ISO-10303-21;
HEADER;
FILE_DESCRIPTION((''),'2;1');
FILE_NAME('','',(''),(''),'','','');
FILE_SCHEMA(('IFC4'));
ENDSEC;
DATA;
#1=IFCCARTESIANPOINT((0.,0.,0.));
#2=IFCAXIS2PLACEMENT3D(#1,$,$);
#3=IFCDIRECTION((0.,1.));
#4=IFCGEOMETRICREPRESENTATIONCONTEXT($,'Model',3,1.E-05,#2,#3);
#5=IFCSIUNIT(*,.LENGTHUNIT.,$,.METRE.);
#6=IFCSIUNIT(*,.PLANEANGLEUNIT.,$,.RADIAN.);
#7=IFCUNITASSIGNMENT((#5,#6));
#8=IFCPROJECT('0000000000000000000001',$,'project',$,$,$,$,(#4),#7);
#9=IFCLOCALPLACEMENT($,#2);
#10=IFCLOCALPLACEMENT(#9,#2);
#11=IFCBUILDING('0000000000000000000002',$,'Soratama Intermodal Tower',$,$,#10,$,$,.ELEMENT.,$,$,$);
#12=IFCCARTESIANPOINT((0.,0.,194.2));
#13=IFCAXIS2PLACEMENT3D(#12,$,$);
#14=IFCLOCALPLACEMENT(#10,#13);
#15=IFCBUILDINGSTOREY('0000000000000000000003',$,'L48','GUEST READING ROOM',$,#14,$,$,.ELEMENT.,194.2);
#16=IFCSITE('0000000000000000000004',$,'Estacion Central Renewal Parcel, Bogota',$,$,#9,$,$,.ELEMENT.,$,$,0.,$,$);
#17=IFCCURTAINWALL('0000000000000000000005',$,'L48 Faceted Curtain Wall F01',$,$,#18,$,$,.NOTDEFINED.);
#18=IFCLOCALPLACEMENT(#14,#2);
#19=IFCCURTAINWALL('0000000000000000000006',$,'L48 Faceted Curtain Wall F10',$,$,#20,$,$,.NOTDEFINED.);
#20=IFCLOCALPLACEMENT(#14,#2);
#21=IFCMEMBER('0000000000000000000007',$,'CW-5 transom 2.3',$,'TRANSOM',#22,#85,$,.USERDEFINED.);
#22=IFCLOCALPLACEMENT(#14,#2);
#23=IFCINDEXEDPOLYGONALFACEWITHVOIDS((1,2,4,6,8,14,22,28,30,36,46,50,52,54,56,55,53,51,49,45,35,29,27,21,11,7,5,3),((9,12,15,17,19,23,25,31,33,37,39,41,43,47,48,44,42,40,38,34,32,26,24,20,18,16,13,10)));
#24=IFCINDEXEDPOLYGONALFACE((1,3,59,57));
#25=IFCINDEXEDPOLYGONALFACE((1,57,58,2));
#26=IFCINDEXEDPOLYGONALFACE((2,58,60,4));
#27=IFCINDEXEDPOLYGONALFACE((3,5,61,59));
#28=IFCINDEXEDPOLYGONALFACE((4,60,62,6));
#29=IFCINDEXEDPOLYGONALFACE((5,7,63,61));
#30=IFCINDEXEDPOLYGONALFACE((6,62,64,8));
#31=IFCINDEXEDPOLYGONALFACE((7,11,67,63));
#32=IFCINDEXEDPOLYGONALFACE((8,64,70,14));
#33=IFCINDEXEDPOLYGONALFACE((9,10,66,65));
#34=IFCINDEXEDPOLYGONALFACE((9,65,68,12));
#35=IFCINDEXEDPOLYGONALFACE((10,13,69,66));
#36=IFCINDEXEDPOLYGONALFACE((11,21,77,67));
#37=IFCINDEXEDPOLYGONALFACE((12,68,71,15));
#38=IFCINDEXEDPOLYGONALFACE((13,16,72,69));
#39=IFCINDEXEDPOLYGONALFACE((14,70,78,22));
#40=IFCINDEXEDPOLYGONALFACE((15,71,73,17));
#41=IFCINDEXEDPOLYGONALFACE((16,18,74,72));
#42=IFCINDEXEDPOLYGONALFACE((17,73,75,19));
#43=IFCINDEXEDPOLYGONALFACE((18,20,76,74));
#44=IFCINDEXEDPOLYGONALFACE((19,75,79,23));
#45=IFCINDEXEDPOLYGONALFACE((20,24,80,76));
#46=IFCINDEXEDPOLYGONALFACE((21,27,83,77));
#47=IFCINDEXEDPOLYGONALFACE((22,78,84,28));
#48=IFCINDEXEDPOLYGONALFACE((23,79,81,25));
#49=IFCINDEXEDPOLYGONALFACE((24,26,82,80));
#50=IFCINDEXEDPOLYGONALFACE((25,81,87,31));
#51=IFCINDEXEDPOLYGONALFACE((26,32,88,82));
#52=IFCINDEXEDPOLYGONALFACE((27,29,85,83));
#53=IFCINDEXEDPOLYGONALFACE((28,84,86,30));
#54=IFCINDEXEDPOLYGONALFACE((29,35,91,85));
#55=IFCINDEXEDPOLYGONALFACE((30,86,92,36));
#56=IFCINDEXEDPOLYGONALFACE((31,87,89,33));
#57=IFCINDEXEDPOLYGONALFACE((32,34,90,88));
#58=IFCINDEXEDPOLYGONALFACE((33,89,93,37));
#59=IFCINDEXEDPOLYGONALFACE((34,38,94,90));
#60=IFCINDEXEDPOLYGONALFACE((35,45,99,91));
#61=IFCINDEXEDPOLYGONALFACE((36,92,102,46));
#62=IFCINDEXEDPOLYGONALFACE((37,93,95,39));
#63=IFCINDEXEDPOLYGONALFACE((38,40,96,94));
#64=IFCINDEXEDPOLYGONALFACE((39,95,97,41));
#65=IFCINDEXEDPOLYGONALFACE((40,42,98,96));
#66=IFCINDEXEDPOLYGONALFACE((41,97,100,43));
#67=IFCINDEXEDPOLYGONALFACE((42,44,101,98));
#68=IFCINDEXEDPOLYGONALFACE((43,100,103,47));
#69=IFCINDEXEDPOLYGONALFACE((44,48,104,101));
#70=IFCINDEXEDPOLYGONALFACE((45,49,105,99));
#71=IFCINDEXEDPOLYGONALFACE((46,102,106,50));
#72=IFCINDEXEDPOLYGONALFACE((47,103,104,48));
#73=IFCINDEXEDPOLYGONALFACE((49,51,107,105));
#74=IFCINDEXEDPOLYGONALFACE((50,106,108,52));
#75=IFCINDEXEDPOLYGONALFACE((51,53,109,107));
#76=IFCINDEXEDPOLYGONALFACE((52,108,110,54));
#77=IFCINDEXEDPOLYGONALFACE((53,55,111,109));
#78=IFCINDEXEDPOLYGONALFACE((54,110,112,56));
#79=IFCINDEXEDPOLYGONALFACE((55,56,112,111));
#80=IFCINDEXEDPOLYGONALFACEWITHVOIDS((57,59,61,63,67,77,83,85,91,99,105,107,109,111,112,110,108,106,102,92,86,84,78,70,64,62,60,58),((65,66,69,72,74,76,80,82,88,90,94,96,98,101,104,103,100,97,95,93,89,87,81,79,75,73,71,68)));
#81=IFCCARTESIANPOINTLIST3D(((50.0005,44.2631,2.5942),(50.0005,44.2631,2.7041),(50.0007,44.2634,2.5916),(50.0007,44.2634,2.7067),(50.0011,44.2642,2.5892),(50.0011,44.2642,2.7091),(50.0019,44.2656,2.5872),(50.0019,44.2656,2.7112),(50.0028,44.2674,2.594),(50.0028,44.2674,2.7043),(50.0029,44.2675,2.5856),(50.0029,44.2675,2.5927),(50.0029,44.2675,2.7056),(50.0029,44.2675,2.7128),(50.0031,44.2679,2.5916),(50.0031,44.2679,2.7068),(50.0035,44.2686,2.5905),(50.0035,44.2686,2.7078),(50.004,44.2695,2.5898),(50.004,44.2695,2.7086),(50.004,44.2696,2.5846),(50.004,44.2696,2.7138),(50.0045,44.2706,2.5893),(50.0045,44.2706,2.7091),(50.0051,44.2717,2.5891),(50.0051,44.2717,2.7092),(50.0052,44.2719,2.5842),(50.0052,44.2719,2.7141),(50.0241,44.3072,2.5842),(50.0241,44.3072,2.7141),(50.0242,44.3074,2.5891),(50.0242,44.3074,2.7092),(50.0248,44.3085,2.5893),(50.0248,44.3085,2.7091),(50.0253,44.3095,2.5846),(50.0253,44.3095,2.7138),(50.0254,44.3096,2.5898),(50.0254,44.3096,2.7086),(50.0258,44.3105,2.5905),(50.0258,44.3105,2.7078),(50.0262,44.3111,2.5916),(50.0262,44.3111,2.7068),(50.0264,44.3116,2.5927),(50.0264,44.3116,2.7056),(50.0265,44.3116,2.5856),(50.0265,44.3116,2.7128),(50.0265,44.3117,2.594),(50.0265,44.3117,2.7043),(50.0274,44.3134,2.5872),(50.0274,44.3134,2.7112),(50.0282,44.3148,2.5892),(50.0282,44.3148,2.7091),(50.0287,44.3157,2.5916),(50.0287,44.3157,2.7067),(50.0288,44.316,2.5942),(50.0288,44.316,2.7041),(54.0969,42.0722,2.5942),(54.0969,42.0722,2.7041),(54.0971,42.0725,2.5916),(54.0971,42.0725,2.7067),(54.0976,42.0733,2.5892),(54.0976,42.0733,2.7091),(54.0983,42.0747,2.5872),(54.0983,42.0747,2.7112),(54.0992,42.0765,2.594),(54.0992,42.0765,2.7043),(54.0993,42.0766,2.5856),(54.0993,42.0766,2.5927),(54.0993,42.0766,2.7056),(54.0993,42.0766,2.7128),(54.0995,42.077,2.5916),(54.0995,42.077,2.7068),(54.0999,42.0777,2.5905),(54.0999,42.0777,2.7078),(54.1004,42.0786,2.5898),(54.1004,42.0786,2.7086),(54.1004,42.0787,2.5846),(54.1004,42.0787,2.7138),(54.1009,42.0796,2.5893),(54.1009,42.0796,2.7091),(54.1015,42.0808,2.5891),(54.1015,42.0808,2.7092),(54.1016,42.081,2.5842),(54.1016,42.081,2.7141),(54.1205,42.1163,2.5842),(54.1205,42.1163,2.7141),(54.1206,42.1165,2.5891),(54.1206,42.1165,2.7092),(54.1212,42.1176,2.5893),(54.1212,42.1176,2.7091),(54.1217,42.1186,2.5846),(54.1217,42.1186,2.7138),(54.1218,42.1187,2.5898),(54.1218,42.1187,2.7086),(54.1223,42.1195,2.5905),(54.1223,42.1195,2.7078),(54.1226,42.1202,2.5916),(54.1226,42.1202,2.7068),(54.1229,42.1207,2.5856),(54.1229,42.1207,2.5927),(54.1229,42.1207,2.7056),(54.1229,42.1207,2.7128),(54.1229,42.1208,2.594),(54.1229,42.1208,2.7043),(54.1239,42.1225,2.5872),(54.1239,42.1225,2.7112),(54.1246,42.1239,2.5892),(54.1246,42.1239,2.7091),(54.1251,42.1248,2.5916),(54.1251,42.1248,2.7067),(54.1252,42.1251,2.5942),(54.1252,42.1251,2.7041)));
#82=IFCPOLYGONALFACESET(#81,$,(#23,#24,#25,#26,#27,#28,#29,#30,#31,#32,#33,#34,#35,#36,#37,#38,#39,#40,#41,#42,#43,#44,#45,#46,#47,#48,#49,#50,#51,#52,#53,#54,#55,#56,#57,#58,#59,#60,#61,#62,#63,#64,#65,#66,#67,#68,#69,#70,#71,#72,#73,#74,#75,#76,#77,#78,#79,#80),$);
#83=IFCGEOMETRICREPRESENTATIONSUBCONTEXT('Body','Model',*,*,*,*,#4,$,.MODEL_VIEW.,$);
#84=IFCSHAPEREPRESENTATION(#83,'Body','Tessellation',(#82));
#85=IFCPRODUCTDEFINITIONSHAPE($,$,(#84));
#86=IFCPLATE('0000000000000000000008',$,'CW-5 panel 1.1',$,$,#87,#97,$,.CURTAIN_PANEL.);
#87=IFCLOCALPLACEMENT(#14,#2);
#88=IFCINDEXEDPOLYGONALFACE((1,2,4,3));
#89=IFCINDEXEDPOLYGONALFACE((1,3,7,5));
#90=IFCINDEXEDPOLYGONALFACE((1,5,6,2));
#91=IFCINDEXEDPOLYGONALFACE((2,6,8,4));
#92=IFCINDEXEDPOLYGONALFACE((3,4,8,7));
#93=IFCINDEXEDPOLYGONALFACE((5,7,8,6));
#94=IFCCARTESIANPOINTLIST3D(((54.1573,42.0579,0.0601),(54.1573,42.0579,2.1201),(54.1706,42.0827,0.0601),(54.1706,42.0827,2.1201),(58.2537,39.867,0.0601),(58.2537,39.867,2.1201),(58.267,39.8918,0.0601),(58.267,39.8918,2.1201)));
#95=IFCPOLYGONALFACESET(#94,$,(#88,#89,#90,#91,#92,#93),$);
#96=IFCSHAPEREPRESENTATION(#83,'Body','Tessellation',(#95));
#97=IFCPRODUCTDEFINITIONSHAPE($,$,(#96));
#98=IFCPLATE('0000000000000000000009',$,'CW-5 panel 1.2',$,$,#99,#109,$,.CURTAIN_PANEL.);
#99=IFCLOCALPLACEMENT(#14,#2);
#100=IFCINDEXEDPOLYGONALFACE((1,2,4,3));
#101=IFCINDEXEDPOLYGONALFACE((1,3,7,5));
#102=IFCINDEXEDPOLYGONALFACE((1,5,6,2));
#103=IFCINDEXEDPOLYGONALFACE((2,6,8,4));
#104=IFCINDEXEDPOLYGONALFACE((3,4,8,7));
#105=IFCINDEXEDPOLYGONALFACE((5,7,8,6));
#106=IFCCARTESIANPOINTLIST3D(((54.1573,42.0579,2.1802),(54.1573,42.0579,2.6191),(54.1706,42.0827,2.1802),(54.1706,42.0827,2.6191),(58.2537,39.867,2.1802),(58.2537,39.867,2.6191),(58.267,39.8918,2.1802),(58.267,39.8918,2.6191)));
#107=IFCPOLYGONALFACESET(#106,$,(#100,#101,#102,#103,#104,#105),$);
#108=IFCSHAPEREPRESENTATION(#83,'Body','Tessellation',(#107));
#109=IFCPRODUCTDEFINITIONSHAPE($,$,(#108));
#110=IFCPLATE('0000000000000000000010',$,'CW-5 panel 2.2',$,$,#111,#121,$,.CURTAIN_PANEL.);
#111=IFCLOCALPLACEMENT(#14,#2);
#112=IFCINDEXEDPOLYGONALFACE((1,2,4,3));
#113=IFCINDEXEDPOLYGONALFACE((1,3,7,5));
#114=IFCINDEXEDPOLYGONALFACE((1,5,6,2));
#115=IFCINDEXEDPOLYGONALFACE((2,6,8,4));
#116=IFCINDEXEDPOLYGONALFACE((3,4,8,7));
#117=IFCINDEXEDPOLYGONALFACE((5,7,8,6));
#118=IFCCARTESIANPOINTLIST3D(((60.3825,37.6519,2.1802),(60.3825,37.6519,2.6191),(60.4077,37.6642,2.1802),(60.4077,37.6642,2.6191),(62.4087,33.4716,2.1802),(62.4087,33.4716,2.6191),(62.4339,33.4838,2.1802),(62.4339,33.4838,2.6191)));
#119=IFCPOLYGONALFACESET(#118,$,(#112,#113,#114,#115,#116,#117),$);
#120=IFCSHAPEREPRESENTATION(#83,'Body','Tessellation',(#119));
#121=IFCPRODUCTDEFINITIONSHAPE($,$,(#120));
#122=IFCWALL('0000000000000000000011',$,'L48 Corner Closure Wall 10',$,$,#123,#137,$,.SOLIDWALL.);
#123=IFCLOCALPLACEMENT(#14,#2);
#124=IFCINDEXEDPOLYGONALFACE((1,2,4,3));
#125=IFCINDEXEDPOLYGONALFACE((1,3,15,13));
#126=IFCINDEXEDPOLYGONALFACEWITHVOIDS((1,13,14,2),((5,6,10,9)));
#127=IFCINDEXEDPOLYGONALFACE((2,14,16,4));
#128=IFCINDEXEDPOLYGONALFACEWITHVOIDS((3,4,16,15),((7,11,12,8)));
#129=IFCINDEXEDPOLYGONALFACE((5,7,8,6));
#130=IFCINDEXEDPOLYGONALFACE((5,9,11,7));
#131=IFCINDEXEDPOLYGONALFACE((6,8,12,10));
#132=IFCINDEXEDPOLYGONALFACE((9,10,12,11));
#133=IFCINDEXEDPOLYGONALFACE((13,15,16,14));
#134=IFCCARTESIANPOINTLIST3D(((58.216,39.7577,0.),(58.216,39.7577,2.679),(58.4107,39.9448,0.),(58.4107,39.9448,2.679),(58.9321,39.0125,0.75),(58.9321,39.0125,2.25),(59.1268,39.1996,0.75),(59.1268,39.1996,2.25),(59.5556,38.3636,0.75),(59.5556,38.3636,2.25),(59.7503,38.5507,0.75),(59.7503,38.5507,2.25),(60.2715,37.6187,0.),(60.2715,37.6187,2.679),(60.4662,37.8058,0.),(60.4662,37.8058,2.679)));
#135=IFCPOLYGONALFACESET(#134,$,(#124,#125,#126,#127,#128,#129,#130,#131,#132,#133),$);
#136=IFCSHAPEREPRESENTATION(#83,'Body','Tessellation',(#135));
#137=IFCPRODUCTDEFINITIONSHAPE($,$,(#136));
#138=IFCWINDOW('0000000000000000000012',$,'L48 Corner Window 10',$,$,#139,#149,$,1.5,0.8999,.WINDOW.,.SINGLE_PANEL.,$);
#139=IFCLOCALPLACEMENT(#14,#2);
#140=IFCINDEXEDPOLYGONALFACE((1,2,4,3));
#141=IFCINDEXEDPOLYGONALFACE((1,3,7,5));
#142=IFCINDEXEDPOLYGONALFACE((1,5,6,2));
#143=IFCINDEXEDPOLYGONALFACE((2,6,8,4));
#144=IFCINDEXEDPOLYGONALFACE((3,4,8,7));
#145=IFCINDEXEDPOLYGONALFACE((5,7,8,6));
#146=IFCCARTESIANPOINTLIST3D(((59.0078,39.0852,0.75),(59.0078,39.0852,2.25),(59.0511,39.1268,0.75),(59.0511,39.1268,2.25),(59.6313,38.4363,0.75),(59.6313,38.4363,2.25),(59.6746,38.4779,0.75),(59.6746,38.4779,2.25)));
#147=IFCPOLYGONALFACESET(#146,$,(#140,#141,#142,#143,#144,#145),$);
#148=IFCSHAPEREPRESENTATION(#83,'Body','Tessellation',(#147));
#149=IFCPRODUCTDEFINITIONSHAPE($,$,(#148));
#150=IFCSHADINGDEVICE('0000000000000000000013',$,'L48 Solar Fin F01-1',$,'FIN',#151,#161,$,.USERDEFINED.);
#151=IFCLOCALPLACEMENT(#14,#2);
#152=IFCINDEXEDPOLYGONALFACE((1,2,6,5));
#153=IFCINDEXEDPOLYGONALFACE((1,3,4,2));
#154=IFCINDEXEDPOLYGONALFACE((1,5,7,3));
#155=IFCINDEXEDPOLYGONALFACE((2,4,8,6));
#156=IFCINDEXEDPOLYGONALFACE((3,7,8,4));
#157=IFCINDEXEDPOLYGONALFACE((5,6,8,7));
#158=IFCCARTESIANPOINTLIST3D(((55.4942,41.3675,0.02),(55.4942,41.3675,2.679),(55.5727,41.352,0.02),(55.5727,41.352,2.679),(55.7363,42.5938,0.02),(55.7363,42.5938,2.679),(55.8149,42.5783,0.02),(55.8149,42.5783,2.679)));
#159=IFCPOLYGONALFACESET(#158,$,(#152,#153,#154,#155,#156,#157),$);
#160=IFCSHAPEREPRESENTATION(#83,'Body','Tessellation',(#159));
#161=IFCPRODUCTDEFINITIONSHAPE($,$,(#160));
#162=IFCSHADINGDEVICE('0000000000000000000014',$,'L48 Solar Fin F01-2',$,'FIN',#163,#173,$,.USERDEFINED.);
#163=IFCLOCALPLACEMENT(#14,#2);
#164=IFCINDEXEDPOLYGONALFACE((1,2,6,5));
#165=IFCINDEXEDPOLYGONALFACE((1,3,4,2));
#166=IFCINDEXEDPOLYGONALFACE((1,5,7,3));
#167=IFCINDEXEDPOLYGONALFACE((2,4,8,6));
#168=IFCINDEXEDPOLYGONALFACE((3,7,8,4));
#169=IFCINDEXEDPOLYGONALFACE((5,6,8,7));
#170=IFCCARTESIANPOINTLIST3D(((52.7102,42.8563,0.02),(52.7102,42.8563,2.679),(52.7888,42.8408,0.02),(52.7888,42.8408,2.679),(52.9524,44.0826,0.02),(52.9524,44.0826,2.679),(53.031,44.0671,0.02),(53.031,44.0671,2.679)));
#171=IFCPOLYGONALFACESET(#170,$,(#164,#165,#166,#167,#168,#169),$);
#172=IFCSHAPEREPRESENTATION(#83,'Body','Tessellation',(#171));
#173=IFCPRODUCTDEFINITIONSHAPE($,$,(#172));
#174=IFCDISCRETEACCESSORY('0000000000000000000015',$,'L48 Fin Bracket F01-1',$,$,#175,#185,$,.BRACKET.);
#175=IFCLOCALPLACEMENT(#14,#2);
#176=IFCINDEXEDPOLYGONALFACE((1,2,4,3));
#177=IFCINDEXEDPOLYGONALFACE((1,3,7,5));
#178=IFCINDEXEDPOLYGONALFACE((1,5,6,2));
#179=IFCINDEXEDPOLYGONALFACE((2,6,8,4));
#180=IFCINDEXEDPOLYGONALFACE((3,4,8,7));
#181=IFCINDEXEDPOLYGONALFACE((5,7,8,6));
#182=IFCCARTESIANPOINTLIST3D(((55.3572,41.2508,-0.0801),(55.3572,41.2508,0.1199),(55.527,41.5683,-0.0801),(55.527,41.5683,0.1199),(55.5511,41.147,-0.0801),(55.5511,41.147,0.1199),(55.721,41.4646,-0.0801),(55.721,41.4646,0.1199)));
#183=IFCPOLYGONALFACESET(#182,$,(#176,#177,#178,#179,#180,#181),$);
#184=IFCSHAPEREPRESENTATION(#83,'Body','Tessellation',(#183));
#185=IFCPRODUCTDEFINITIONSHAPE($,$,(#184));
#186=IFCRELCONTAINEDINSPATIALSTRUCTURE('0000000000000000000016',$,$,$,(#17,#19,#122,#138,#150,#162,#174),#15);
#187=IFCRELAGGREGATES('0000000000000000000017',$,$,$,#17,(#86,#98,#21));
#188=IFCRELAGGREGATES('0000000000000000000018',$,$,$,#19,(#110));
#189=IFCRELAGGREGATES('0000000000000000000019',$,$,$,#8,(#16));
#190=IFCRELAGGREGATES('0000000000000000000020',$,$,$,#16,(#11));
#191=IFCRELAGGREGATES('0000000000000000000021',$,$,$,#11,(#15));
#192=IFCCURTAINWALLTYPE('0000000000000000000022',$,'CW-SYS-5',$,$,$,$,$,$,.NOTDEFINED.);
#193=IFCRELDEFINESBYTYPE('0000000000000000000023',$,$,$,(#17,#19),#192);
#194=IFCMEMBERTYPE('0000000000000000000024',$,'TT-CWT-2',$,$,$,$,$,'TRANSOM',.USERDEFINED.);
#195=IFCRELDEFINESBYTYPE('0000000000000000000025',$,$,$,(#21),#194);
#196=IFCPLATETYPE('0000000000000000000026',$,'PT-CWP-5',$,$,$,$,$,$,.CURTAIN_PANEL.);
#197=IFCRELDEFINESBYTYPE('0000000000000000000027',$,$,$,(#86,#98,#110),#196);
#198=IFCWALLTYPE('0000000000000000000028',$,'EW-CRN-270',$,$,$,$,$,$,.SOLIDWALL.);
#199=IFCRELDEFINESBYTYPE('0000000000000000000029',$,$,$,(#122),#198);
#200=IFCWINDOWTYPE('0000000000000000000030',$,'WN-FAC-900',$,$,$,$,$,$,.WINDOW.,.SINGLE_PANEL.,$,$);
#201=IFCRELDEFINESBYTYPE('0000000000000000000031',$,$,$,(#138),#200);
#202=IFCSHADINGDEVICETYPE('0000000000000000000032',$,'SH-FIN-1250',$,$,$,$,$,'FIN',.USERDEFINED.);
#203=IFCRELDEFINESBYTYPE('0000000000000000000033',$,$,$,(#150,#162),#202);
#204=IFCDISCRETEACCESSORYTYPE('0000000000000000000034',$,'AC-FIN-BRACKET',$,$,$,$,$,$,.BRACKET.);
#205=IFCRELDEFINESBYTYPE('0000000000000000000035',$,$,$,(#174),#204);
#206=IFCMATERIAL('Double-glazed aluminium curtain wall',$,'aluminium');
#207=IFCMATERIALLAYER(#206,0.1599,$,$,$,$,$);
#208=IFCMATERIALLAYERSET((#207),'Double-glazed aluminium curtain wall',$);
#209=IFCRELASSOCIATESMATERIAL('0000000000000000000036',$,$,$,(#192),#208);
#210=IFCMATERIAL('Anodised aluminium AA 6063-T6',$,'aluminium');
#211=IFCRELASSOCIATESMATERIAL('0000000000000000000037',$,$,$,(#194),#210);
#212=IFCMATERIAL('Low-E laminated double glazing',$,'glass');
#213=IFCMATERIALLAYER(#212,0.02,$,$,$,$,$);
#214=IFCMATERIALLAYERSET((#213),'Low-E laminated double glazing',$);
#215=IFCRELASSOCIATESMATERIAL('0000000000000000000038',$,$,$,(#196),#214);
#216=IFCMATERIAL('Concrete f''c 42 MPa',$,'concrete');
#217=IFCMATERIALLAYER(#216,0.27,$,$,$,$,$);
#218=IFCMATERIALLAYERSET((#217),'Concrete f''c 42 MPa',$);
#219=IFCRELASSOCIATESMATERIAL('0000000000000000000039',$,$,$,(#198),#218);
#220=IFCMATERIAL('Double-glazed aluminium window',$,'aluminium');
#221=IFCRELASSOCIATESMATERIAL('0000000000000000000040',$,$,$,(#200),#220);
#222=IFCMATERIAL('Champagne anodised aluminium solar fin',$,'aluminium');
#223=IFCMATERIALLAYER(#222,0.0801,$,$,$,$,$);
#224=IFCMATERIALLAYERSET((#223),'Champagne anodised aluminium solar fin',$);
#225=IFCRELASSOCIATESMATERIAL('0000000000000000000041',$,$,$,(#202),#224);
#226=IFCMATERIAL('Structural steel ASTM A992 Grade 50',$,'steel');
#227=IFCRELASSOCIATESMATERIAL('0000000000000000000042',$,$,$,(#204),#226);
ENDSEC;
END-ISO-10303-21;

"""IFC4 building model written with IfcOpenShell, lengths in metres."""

from ifc_helpers import new_model, si_unit, direction, frame, frame_2d, origin, origin_2d, place, context, subcontext, project, spatial, rectangle, hollow_rectangle, extrude, material, layer, layer_set, material_profile, profile_set, type_object, element, fill, aggregate, save


model = new_model("IFC4")

# Units and contexts
model_context = context("Model", 3, precision=1e-05, world=origin(), true_north=direction((0.0, 1.0)))
body_context = subcontext(model_context, "Body", "Model", "MODEL_VIEW")
ifc_project = project(units=[si_unit("LENGTHUNIT", "METRE"), si_unit("PLANEANGLEUNIT", "RADIAN")], contexts=[model_context])

# Site, building, storey
site_placement = place(None, origin())
site = spatial("IfcSite", under=ifc_project, at=site_placement, Name="Estacion Central Renewal Parcel, Bogota", CompositionType="ELEMENT", RefElevation=0.0)
building_placement = place(site_placement, origin())
building = spatial("IfcBuilding", under=site, at=building_placement, Name="Soratama Intermodal Tower", CompositionType="ELEMENT")
storey_placement = place(building_placement, frame((0.0, 0.0, 194.2)))
storey = spatial("IfcBuildingStorey", under=building, at=storey_placement, Name="L48", Description="GUEST READING ROOM", CompositionType="ELEMENT", Elevation=194.2)

# Curtain wall
ifc_material_1 = material(Name="Double-glazed aluminium curtain wall", Category="aluminium")
ifc_layer_1 = layer(ifc_material_1, 0.1599)
ifc_layer_set_1 = layer_set([ifc_layer_1], Name="Double-glazed aluminium curtain wall")
curtain_wall_type = type_object("IfcCurtainWallType", Name="CW-SYS-5", PredefinedType="NOTDEFINED", material=ifc_layer_set_1)
curtain_wall_1_placement = place(storey_placement, origin())
curtain_wall_1 = element("IfcCurtainWall", 1, at=curtain_wall_1_placement, inside=storey, type_object=curtain_wall_type, Name="L48 Faceted Curtain Wall F01", PredefinedType="NOTDEFINED")

# Curtain wall
curtain_wall_2_placement = place(storey_placement, origin())
curtain_wall_2 = element("IfcCurtainWall", 2, at=curtain_wall_2_placement, inside=storey, type_object=curtain_wall_type, Name="L48 Faceted Curtain Wall F10", PredefinedType="NOTDEFINED")

# Member
ifc_material_2 = material(Name="Anodised aluminium AA 6063-T6", Category="aluminium")
ifc_material_profile_1 = material_profile(ifc_material_2, hollow_rectangle(XDim=0.0601, YDim=0.1299, WallThickness=0.0049, InnerFilletRadius=0.0049, OuterFilletRadius=0.01, at=origin_2d()), Name="CWT130X60X5")
ifc_profile_set_1 = profile_set([ifc_material_profile_1], Name="Anodised aluminium AA 6063-T6")
member_type_1 = type_object("IfcMemberType", Name="TT-CWT-2", ElementType="TRANSOM", PredefinedType="USERDEFINED", material=ifc_profile_set_1)
member_1_placement = place(storey_placement, frame((54.1111, 42.0986, 2.6492), z_axis=(-0.881802, 0.471619, 0.0), x_axis=(-0.471619, -0.881802, 0.0)))
member_1 = element("IfcMember", 3, at=member_1_placement, type_object=member_type_1, Name="CW-5 transom 2.3", ObjectType="TRANSOM", PredefinedType="USERDEFINED", context=body_context, shape_type="SweptSolid", body=[
    extrude(hollow_rectangle(XDim=0.0601, YDim=0.1299, WallThickness=0.0049, InnerFilletRadius=0.0049, OuterFilletRadius=0.01, at=origin_2d()), origin(), (0.0, 0.0, 1.0), 4.6455),
])

# Plates
ifc_material_3 = material(Name="Low-E laminated double glazing", Category="glass")
ifc_layer_2 = layer(ifc_material_3, 0.02)
ifc_layer_set_2 = layer_set([ifc_layer_2], Name="Low-E laminated double glazing")
plate_type = type_object("IfcPlateType", Name="PT-CWP-5", PredefinedType="CURTAIN_PANEL", material=ifc_layer_set_2)
plate_1_placement = place(storey_placement, frame((56.2122, 40.9749, 0.0601), z_axis=(0.0, 0.0, 1.0), x_axis=(-0.881799, 0.471625, 0.0)))
plate_1 = element("IfcPlate", 4, at=plate_1_placement, type_object=plate_type, Name="CW-5 panel 1.1", PredefinedType="CURTAIN_PANEL", context=body_context, shape_type="SweptSolid", body=[
    extrude(rectangle(XDim=4.6455, YDim=0.0281, at=origin_2d()), origin(), (0.0, 0.0, 1.0), 2.0601),
])
plate_2_placement = place(storey_placement, frame((56.2122, 40.9749, 2.1802), z_axis=(0.0, 0.0, 1.0), x_axis=(-0.881799, 0.471625, 0.0)))
plate_2 = element("IfcPlate", 5, at=plate_2_placement, type_object=plate_type, Name="CW-5 panel 1.2", PredefinedType="CURTAIN_PANEL", context=body_context, shape_type="SweptSolid", body=[
    extrude(rectangle(XDim=4.6455, YDim=0.0281, at=origin_2d()), origin(), (0.0, 0.0, 1.0), 0.439),
])
aggregate(curtain_wall_1, [plate_1, plate_2, member_1])
plate_3_placement = place(storey_placement, frame((61.4082, 35.5679, 2.1802), z_axis=(0.0, 0.0, 1.0), x_axis=(-0.436165, 0.899867, 0.0)))
plate_3 = element("IfcPlate", 6, at=plate_3_placement, type_object=plate_type, Name="CW-5 panel 2.2", PredefinedType="CURTAIN_PANEL", context=body_context, shape_type="SweptSolid", body=[
    extrude(rectangle(XDim=4.6455, YDim=0.0281, at=origin_2d()), origin(), (0.0, 0.0, 1.0), 0.439),
])
aggregate(curtain_wall_2, [plate_3])

# Wall, opening, window
ifc_material_4 = material(Name="Concrete f'c 42 MPa", Category="concrete")
ifc_layer_3 = layer(ifc_material_4, 0.27)
ifc_layer_set_3 = layer_set([ifc_layer_3], Name="Concrete f'c 42 MPa")
wall_type = type_object("IfcWallType", Name="EW-CRN-270", PredefinedType="SOLIDWALL", material=ifc_layer_set_3)
wall_placement = place(storey_placement, frame((60.3689, 37.7122, 0.0), z_axis=(0.0, 0.0, 1.0), x_axis=(-0.692893, 0.72104, 0.0)))
wall = element("IfcWall", 7, at=wall_placement, inside=storey, type_object=wall_type, Name="L48 Corner Closure Wall 10", PredefinedType="SOLIDWALL", context=body_context, shape_type="SweptSolid", body=[
    extrude(rectangle(XDim=2.9666, YDim=0.27, at=frame_2d((1.4834, 0.0))), origin(), (0.0, 0.0, 1.0), 2.679),
])
opening_placement = place(wall_placement, frame((1.0332, 0.0, 0.75)))
opening = element("IfcOpeningElement", 8, at=opening_placement, cuts=wall, PredefinedType="OPENING", context=body_context, shape_type="SweptSolid", body=[
    extrude(rectangle(XDim=0.8999, YDim=1.5, at=frame_2d((0.45, 0.75))), frame((0.0, 0.145, 0.0), z_axis=(0.0, -1.0, 0.0), x_axis=(1.0, 0.0, 0.0)), (0.0, 0.0, 1.0), 0.29),
])
ifc_material_5 = material(Name="Double-glazed aluminium window", Category="aluminium")
window_type = type_object("IfcWindowType", Name="WN-FAC-900", PartitioningType="SINGLE_PANEL", PredefinedType="WINDOW", material=ifc_material_5)
window_placement = place(opening_placement, origin())
window = element("IfcWindow", 9, at=window_placement, inside=storey, type_object=window_type, Name="L48 Corner Window 10", OverallHeight=1.5, OverallWidth=0.8999, PartitioningType="SINGLE_PANEL", PredefinedType="WINDOW", context=body_context, shape_type="SweptSolid", body=[
    extrude(rectangle(XDim=0.8999, YDim=1.5, at=frame_2d((0.45, 0.75))), frame((0.0, 0.03, 0.0), z_axis=(0.0, -1.0, 0.0), x_axis=(1.0, 0.0, 0.0)), (0.0, 0.0, 1.0), 0.0601),
])
fill(opening, window)

# Shading devices
ifc_material_6 = material(Name="Champagne anodised aluminium solar fin", Category="aluminium")
ifc_layer_4 = layer(ifc_material_6, 0.0801)
ifc_layer_set_4 = layer_set([ifc_layer_4], Name="Champagne anodised aluminium solar fin")
shading_device_type = type_object("IfcShadingDeviceType", Name="SH-FIN-1250", ElementType="FIN", PredefinedType="USERDEFINED", material=ifc_layer_set_4)
for number, where, z_axis, x_axis, name in (
    (10, (55.6545, 41.9729, 0.02), (0.0, 0.0, 1.0), (0.193721, 0.981057, 0.0), "L48 Solar Fin F01-1"),
    (11, (52.8706, 43.4617, 0.02), (0.0, 0.0, 1.0), (0.193721, 0.981057, 0.0), "L48 Solar Fin F01-2"),
):
    element("IfcShadingDevice", number, at=place(storey_placement, frame(where, z_axis=z_axis, x_axis=x_axis)), inside=storey, type_object=shading_device_type, Name=name, ObjectType="FIN", PredefinedType="USERDEFINED", context=body_context, shape_type="SweptSolid", body=[
        extrude(rectangle(XDim=1.25, YDim=0.0801, at=origin_2d()), origin(), (0.0, 0.0, 1.0), 2.6589),
    ])

# Discrete accessory
ifc_material_7 = material(Name="Structural steel ASTM A992 Grade 50", Category="steel")
discrete_accessory_type = type_object("IfcDiscreteAccessoryType", Name="AC-FIN-BRACKET", PredefinedType="BRACKET", material=ifc_material_7)
discrete_accessory_placement = place(storey_placement, frame((55.5391, 41.3577, -0.0801), z_axis=(0.0, 0.0, 1.0), x_axis=(0.471628, 0.881798, 0.0)))
element("IfcDiscreteAccessory", 12, at=discrete_accessory_placement, inside=storey, type_object=discrete_accessory_type, Name="L48 Fin Bracket F01-1", PredefinedType="BRACKET", context=body_context, shape_type="SweptSolid", body=[
    extrude(rectangle(XDim=0.3601, YDim=0.22, at=origin_2d()), origin(), (0.0, 0.0, 1.0), 0.2),
])

save(model, "model.ifc")
